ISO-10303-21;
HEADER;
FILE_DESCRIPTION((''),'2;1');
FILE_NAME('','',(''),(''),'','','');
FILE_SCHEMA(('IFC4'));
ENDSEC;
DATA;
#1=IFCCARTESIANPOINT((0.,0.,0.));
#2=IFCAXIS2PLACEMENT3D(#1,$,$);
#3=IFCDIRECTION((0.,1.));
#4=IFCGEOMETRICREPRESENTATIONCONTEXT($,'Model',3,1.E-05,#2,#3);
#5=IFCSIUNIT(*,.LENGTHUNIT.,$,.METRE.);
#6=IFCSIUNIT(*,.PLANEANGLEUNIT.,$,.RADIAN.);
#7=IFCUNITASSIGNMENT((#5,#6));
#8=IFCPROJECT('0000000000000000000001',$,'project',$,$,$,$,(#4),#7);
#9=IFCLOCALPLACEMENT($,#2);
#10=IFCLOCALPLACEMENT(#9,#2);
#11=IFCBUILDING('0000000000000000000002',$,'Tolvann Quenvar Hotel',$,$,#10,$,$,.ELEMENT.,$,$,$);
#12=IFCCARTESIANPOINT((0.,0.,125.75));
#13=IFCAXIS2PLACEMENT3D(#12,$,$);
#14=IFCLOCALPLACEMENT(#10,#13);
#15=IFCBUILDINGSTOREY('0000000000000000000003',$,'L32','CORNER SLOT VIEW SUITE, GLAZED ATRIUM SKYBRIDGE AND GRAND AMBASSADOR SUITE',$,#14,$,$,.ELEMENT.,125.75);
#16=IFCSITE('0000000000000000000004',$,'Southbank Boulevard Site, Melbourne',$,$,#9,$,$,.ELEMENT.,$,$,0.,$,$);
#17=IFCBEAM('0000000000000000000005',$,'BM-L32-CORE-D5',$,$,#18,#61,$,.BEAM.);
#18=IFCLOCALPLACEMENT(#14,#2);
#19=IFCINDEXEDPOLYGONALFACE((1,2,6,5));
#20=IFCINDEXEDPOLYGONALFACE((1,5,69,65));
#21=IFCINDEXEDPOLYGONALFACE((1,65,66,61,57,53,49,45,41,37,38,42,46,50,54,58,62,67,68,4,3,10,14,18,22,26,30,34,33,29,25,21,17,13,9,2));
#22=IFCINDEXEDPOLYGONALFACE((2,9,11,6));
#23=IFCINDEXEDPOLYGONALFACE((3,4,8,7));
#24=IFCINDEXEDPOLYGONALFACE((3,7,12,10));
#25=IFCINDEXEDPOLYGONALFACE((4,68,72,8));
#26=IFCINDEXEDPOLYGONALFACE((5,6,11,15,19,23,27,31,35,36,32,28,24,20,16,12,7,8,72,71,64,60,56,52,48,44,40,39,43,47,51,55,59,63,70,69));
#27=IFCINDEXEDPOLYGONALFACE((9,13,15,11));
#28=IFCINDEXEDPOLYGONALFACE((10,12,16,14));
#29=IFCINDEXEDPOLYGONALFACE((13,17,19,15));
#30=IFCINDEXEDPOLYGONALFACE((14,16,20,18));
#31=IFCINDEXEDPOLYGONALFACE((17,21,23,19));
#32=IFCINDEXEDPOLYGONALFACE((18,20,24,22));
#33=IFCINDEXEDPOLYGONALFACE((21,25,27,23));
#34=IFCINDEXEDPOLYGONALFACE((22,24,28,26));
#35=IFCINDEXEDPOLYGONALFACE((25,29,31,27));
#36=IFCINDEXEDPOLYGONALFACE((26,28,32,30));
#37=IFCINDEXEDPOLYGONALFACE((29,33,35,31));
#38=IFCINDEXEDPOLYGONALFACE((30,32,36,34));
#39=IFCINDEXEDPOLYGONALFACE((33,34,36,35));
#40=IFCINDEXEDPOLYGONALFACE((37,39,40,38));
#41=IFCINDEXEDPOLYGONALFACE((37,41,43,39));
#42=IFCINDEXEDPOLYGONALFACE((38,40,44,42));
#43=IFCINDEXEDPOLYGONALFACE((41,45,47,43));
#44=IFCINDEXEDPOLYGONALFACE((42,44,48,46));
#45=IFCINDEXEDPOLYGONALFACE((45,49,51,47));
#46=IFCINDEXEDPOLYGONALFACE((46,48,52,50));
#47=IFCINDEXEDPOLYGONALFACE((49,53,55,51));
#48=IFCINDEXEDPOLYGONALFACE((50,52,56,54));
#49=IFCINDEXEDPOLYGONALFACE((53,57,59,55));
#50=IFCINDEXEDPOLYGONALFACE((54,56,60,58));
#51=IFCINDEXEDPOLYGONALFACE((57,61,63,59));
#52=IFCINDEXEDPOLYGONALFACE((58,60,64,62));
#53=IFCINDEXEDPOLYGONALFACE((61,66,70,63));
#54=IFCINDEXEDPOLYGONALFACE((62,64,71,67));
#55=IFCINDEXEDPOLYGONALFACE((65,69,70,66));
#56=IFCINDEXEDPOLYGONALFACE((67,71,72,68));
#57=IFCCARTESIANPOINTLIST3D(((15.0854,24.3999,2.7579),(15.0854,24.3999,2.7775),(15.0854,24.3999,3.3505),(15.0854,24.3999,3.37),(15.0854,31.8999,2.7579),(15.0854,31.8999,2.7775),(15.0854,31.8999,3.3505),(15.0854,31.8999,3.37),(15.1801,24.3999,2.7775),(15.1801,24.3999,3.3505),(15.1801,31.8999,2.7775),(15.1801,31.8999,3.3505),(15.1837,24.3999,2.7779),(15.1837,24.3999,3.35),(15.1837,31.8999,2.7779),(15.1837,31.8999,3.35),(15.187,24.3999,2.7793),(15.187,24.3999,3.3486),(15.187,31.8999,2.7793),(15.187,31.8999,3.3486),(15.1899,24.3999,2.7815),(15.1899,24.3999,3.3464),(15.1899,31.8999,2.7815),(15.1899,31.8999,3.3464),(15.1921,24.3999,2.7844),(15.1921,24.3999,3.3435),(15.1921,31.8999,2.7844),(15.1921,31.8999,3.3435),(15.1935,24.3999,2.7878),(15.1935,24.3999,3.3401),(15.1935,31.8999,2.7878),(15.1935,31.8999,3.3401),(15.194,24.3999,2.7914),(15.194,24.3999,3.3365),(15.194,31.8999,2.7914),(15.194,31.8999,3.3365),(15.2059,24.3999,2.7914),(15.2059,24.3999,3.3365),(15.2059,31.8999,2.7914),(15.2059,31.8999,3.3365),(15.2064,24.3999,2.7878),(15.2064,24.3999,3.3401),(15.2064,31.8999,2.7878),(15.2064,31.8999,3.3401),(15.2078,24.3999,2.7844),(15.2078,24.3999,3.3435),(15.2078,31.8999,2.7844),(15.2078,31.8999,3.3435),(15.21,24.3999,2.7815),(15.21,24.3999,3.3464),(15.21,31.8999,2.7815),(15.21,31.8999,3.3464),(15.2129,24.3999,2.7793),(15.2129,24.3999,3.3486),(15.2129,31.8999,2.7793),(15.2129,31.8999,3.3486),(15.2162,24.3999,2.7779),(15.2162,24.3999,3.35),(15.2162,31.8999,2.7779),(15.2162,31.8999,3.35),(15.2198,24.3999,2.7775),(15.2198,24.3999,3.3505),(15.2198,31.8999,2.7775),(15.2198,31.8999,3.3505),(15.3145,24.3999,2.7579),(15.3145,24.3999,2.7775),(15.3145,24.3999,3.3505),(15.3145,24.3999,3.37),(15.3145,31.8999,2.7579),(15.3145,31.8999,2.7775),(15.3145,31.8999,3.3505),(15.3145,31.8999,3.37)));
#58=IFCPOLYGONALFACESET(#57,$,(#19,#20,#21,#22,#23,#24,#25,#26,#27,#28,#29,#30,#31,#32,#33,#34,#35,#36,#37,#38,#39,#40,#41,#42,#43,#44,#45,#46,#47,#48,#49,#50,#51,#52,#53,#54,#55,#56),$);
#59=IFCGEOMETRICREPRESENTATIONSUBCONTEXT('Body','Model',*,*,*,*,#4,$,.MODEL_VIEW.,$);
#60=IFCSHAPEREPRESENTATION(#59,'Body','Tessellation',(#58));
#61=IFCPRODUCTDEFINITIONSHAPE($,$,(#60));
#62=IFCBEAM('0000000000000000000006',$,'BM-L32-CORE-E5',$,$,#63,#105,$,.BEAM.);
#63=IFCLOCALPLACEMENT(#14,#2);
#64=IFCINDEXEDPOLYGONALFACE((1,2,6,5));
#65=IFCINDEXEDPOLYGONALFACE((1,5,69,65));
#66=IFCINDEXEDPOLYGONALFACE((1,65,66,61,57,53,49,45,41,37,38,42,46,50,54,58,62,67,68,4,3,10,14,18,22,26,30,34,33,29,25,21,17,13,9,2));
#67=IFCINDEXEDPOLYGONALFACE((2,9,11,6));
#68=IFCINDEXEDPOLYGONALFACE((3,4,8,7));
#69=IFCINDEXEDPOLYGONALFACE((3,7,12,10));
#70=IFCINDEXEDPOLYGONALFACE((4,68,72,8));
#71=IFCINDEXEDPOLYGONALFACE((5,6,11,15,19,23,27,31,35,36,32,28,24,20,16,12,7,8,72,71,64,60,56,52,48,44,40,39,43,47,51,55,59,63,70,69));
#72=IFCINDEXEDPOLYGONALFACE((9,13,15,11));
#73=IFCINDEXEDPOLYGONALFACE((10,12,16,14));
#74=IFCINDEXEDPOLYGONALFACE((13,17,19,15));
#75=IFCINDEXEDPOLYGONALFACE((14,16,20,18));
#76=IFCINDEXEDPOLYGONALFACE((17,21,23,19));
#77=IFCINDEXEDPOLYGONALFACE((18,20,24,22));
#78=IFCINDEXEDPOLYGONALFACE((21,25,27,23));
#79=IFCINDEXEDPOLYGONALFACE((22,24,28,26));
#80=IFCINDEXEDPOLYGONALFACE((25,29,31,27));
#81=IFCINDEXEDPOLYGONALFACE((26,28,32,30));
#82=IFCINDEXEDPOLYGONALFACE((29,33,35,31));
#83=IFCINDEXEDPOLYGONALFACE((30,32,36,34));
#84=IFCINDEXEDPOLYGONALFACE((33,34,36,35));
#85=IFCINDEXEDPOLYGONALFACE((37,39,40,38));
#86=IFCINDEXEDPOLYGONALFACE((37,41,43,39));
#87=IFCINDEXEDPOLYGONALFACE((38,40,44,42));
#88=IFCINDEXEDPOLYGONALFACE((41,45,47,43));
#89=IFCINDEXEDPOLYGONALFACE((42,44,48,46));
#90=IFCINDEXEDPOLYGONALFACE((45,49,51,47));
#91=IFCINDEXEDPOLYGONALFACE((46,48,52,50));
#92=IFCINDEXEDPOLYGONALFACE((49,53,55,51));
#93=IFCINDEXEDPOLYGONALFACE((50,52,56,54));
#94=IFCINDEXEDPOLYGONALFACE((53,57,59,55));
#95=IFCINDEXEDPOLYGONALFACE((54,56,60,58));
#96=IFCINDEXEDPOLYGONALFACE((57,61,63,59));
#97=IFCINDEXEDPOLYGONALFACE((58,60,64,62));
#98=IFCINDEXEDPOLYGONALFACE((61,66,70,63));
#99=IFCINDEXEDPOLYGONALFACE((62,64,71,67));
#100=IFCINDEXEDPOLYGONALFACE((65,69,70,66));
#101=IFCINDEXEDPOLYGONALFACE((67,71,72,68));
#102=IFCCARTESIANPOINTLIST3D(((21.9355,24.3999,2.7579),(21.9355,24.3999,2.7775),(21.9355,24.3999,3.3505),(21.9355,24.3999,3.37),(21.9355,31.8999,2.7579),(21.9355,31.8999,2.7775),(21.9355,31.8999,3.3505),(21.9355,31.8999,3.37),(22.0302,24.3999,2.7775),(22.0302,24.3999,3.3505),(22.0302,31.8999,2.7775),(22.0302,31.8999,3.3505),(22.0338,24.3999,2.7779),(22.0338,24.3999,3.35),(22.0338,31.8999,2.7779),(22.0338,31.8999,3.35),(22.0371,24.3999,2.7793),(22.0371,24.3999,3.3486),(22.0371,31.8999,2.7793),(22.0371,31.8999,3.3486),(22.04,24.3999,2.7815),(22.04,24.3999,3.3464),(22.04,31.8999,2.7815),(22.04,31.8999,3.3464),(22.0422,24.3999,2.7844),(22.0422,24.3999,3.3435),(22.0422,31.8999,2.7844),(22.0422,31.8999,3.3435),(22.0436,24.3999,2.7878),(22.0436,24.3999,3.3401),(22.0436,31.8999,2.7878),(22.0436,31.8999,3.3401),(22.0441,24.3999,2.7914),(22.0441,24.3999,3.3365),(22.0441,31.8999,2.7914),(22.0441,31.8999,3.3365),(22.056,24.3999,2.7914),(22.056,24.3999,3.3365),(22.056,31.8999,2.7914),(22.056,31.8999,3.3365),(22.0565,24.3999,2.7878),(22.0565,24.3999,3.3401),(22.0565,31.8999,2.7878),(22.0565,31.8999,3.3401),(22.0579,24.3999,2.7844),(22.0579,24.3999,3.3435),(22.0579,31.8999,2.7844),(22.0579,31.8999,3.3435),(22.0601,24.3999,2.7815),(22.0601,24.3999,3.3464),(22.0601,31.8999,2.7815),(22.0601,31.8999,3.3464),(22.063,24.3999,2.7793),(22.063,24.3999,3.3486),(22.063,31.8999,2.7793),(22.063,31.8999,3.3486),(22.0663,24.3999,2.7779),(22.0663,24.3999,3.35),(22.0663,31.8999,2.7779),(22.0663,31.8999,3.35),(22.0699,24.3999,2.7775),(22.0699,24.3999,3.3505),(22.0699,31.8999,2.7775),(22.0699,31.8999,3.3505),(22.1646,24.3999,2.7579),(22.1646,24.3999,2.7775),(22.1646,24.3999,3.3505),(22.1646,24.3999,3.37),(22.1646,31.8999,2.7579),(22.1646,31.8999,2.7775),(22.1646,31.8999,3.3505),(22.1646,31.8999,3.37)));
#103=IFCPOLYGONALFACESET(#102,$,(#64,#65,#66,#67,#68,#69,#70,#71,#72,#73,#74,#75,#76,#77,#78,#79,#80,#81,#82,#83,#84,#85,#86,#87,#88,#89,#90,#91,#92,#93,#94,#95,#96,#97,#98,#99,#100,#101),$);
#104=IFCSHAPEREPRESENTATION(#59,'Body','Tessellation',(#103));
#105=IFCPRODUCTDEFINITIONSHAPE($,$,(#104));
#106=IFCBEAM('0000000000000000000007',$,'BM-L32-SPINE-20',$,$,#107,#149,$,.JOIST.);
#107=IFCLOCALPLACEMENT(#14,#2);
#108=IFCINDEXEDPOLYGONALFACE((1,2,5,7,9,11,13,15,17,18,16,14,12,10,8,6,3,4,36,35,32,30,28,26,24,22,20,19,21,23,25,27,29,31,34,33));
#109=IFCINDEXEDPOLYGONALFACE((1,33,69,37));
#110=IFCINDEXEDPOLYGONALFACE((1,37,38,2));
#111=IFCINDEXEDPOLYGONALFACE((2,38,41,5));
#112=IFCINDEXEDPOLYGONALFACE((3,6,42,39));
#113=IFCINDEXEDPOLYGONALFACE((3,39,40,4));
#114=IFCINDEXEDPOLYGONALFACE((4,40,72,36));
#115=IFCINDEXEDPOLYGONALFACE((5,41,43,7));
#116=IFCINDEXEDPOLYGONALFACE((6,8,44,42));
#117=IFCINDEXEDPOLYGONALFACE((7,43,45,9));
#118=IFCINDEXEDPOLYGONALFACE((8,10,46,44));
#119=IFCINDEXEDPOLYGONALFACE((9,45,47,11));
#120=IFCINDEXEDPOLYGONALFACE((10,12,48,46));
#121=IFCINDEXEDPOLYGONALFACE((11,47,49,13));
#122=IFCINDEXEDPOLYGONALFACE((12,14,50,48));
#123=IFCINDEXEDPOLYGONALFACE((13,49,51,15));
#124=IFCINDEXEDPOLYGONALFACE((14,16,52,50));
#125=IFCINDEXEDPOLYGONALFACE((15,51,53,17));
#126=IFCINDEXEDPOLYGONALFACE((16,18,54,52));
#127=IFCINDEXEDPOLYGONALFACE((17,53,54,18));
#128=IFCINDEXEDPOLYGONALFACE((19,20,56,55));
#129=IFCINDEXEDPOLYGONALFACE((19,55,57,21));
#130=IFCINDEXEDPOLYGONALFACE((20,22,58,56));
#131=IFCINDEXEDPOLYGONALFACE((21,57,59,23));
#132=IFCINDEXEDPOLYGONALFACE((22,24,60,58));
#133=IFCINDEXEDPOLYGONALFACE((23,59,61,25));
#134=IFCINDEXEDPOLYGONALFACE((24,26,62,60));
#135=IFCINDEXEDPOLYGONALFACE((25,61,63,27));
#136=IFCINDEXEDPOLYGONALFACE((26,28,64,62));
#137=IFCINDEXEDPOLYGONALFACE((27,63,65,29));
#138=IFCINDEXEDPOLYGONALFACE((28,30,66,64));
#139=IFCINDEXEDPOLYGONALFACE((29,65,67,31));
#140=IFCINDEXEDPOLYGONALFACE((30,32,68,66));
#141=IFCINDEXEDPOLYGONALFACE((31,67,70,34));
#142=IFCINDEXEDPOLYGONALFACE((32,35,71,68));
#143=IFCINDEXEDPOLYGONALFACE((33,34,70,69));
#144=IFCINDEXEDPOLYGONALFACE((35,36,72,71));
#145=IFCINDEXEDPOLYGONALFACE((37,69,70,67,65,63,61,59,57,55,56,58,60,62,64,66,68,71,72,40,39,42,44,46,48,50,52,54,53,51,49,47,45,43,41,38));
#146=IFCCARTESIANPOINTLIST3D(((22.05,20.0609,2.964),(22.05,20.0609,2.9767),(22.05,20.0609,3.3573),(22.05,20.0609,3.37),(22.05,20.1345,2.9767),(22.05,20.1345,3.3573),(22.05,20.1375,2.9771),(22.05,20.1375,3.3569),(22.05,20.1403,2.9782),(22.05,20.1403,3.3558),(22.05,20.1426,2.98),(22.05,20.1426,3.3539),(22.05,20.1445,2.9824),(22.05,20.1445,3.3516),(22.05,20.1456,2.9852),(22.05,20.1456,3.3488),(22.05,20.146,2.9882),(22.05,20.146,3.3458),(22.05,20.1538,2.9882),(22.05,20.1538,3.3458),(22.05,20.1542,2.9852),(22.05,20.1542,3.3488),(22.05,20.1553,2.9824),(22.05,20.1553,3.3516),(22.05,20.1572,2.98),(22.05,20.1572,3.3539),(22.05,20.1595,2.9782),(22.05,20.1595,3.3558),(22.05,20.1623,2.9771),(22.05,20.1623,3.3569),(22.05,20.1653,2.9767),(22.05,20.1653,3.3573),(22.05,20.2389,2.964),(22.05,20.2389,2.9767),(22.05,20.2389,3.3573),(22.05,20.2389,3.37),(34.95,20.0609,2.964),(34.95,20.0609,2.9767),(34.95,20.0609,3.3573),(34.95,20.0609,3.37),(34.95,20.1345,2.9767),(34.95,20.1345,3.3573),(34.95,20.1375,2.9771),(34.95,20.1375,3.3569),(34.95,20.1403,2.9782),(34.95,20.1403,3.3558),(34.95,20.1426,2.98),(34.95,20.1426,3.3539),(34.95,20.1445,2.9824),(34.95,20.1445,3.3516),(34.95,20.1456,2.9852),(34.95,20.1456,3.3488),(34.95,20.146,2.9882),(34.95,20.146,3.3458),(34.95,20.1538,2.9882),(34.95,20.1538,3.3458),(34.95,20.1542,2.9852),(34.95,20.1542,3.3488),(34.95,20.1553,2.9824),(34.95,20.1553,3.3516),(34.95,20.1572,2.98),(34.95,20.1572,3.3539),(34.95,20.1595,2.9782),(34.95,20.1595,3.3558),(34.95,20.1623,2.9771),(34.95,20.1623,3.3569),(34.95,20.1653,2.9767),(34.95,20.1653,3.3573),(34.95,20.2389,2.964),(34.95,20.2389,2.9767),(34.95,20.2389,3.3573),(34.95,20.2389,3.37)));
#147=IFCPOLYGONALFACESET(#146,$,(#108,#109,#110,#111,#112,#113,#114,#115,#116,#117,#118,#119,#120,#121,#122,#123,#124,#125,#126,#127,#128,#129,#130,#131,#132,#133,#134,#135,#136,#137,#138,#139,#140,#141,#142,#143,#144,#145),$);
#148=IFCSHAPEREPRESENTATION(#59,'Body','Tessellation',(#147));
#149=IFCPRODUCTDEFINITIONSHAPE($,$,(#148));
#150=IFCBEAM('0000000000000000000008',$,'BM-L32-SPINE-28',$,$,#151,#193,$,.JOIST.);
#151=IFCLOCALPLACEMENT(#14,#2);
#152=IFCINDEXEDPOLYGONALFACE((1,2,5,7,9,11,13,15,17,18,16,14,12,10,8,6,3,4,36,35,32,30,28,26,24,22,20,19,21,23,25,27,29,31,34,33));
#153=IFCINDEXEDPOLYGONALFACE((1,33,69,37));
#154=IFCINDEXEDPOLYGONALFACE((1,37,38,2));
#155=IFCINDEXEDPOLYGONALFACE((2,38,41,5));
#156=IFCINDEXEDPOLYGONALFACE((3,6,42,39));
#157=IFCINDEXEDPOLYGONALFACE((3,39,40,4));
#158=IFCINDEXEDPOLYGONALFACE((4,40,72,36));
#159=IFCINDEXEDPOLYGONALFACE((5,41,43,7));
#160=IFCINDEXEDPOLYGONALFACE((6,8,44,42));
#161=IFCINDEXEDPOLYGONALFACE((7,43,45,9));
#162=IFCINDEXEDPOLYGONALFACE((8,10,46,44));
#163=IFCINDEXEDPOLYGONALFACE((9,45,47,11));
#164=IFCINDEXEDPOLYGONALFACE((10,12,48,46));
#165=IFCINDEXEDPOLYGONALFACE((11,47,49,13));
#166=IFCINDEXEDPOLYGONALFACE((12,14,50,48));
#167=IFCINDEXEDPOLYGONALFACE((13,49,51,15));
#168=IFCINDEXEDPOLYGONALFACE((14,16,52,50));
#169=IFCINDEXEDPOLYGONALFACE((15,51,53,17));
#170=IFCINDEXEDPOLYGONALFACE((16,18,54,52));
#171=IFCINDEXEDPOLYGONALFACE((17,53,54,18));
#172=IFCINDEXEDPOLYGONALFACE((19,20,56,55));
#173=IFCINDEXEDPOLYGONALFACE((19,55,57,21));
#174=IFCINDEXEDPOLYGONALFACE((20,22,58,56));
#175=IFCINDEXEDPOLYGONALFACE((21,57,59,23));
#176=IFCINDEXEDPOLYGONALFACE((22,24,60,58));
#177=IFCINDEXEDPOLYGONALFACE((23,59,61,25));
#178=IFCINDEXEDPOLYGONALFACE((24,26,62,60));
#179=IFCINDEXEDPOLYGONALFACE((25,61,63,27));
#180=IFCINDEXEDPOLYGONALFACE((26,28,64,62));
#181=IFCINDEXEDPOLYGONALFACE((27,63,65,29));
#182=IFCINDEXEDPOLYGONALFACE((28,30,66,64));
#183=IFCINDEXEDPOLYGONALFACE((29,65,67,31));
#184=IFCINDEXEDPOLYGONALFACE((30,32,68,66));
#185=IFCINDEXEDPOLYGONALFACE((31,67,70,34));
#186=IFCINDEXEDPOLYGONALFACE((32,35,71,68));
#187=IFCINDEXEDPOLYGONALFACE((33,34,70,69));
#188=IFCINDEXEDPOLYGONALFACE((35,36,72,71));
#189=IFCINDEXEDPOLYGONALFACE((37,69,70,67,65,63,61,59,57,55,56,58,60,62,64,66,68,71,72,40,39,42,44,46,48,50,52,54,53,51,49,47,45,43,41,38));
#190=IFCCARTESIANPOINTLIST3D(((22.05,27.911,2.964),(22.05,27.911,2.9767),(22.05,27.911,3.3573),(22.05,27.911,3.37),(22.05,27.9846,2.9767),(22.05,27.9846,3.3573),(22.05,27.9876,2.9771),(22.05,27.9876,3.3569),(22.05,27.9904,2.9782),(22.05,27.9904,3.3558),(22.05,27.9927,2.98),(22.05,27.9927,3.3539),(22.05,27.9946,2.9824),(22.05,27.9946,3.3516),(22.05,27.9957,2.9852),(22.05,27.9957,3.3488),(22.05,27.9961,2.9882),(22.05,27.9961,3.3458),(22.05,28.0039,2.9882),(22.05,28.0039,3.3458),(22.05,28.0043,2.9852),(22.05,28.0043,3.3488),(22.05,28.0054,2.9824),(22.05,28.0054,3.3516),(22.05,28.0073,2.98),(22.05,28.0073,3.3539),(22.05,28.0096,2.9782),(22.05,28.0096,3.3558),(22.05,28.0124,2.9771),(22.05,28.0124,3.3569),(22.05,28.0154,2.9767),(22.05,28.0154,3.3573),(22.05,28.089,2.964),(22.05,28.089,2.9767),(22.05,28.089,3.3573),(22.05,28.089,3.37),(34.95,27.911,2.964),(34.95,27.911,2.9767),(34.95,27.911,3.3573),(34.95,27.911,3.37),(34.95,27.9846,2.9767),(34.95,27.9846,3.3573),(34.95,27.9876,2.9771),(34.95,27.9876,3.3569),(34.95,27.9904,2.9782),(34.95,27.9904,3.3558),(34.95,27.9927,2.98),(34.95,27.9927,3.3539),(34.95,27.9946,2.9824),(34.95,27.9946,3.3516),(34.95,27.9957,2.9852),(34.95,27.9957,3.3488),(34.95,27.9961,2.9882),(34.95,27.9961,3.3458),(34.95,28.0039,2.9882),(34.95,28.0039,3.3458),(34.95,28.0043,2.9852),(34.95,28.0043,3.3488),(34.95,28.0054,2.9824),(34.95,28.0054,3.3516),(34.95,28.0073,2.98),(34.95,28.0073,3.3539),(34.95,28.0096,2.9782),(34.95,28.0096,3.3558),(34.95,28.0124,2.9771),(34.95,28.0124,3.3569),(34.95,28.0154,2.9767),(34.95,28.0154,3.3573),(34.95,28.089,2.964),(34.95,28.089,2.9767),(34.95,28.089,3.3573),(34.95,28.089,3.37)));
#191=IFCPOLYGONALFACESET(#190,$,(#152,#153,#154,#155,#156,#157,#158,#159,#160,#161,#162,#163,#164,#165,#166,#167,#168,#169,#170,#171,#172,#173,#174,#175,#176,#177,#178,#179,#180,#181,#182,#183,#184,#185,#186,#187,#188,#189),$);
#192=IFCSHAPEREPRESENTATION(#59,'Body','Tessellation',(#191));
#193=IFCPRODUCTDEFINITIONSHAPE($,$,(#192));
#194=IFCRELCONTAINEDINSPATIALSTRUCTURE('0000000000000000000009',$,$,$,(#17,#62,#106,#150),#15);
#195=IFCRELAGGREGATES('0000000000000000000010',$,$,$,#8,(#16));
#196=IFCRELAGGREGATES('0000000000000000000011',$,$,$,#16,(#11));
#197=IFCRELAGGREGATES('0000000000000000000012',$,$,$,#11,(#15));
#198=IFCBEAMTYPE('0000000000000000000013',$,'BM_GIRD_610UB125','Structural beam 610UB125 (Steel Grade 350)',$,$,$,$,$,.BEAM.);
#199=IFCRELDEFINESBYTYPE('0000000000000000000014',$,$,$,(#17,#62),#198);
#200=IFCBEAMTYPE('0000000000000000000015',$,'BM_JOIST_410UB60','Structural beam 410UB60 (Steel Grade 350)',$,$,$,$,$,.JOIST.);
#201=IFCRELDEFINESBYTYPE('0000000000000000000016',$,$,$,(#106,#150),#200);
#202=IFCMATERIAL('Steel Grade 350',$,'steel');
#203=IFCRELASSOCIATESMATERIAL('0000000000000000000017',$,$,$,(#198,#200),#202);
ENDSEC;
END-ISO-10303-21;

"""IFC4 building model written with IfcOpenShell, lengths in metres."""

from ifc_helpers import new_model, si_unit, direction, frame, origin, origin_2d, place, context, subcontext, project, spatial, i_section, extrude, source, transform, mapped, material, material_profile, profile_set, type_object, element, save


model = new_model("IFC4")

# Units and contexts
model_context = context("Model", 3, precision=1e-05, world=origin(), true_north=direction((0.0, 1.0)))
body_context = subcontext(model_context, "Body", "Model", "MODEL_VIEW")
ifc_project = project(units=[si_unit("LENGTHUNIT", "METRE"), si_unit("PLANEANGLEUNIT", "RADIAN")], contexts=[model_context])

# Site, building, storey
site_placement = place(None, origin())
site = spatial("IfcSite", under=ifc_project, at=site_placement, Name="Southbank Boulevard Site, Melbourne", CompositionType="ELEMENT", RefElevation=0.0)
building_placement = place(site_placement, origin())
building = spatial("IfcBuilding", under=site, at=building_placement, Name="Tolvann Quenvar Hotel", CompositionType="ELEMENT")
storey_placement = place(building_placement, frame((0.0, 0.0, 125.75)))
storey = spatial("IfcBuildingStorey", under=building, at=storey_placement, Name="L32", Description="CORNER SLOT VIEW SUITE, GLAZED ATRIUM SKYBRIDGE AND GRAND AMBASSADOR SUITE", CompositionType="ELEMENT", Elevation=125.75)

# Shared definitions
ifc_material_1 = material(Name="Steel Grade 350", Category="steel")

# Beams
ifc_material_profile_1 = material_profile(ifc_material_1, i_section(OverallWidth=0.229, OverallDepth=0.6121, WebThickness=0.012, FlangeThickness=0.0195, FilletRadius=0.0139, at=origin_2d()), Name="610UB125")
ifc_profile_set_1 = profile_set([ifc_material_profile_1], Name="Steel Grade 350")
beam_type_1 = type_object("IfcBeamType", Name="BM_GIRD_610UB125", Description="Structural beam 610UB125 (Steel Grade 350)", PredefinedType="BEAM", material=ifc_profile_set_1)
shared_shape_1 = source(origin(), body_context, "Body", "SweptSolid", [
    extrude(i_section(OverallWidth=0.229, OverallDepth=0.6121, WebThickness=0.012, FlangeThickness=0.0195, FilletRadius=0.0139, at=origin_2d()), origin(), (0.0, 0.0, 1.0), 7.5),
])
for number, where, z_axis, x_axis, name in (
    (1, (15.2, 24.3999, 3.064), (0.0, 1.0, 0.0), (-1.0, 0.0, 0.0), "BM-L32-CORE-D5"),
    (2, (22.05, 24.3999, 3.064), (0.0, 1.0, 0.0), (-1.0, 0.0, 0.0), "BM-L32-CORE-E5"),
):
    element("IfcBeam", number, at=place(storey_placement, frame(where, z_axis=z_axis, x_axis=x_axis)), inside=storey, type_object=beam_type_1, Name=name, PredefinedType="BEAM", context=body_context, shape_type="MappedRepresentation", body=[
        mapped(shared_shape_1, transform((0.0, 0.0, 0.0), x_axis=(1.0, 0.0, 0.0), y_axis=(0.0, 1.0, 0.0), z_axis=(0.0, 0.0, 1.0), scale=1.0)),
    ])
ifc_material_profile_2 = material_profile(ifc_material_1, i_section(OverallWidth=0.178, OverallDepth=0.406, WebThickness=0.0078, FlangeThickness=0.0127, FilletRadius=0.0115, at=origin_2d()), Name="410UB60")
ifc_profile_set_2 = profile_set([ifc_material_profile_2], Name="Steel Grade 350")
beam_type_2 = type_object("IfcBeamType", Name="BM_JOIST_410UB60", Description="Structural beam 410UB60 (Steel Grade 350)", PredefinedType="JOIST", material=ifc_profile_set_2)
shared_shape_2 = source(origin(), body_context, "Body", "SweptSolid", [
    extrude(i_section(OverallWidth=0.178, OverallDepth=0.406, WebThickness=0.0078, FlangeThickness=0.0127, FilletRadius=0.0115, at=origin_2d()), origin(), (0.0, 0.0, 1.0), 12.8999),
])
for number, where, z_axis, x_axis, name in (
    (3, (22.05, 20.1499, 3.167), (1.0, 0.0, 0.0), (0.0, 1.0, 0.0), "BM-L32-SPINE-20"),
    (4, (22.05, 28.0, 3.167), (1.0, 0.0, 0.0), (0.0, 1.0, 0.0), "BM-L32-SPINE-28"),
):
    element("IfcBeam", number, at=place(storey_placement, frame(where, z_axis=z_axis, x_axis=x_axis)), inside=storey, type_object=beam_type_2, Name=name, PredefinedType="JOIST", context=body_context, shape_type="MappedRepresentation", body=[
        mapped(shared_shape_2, transform((0.0, 0.0, 0.0), x_axis=(1.0, 0.0, 0.0), y_axis=(0.0, 1.0, 0.0), z_axis=(0.0, 0.0, 1.0), scale=1.0)),
    ])

save(model, "model.ifc")
